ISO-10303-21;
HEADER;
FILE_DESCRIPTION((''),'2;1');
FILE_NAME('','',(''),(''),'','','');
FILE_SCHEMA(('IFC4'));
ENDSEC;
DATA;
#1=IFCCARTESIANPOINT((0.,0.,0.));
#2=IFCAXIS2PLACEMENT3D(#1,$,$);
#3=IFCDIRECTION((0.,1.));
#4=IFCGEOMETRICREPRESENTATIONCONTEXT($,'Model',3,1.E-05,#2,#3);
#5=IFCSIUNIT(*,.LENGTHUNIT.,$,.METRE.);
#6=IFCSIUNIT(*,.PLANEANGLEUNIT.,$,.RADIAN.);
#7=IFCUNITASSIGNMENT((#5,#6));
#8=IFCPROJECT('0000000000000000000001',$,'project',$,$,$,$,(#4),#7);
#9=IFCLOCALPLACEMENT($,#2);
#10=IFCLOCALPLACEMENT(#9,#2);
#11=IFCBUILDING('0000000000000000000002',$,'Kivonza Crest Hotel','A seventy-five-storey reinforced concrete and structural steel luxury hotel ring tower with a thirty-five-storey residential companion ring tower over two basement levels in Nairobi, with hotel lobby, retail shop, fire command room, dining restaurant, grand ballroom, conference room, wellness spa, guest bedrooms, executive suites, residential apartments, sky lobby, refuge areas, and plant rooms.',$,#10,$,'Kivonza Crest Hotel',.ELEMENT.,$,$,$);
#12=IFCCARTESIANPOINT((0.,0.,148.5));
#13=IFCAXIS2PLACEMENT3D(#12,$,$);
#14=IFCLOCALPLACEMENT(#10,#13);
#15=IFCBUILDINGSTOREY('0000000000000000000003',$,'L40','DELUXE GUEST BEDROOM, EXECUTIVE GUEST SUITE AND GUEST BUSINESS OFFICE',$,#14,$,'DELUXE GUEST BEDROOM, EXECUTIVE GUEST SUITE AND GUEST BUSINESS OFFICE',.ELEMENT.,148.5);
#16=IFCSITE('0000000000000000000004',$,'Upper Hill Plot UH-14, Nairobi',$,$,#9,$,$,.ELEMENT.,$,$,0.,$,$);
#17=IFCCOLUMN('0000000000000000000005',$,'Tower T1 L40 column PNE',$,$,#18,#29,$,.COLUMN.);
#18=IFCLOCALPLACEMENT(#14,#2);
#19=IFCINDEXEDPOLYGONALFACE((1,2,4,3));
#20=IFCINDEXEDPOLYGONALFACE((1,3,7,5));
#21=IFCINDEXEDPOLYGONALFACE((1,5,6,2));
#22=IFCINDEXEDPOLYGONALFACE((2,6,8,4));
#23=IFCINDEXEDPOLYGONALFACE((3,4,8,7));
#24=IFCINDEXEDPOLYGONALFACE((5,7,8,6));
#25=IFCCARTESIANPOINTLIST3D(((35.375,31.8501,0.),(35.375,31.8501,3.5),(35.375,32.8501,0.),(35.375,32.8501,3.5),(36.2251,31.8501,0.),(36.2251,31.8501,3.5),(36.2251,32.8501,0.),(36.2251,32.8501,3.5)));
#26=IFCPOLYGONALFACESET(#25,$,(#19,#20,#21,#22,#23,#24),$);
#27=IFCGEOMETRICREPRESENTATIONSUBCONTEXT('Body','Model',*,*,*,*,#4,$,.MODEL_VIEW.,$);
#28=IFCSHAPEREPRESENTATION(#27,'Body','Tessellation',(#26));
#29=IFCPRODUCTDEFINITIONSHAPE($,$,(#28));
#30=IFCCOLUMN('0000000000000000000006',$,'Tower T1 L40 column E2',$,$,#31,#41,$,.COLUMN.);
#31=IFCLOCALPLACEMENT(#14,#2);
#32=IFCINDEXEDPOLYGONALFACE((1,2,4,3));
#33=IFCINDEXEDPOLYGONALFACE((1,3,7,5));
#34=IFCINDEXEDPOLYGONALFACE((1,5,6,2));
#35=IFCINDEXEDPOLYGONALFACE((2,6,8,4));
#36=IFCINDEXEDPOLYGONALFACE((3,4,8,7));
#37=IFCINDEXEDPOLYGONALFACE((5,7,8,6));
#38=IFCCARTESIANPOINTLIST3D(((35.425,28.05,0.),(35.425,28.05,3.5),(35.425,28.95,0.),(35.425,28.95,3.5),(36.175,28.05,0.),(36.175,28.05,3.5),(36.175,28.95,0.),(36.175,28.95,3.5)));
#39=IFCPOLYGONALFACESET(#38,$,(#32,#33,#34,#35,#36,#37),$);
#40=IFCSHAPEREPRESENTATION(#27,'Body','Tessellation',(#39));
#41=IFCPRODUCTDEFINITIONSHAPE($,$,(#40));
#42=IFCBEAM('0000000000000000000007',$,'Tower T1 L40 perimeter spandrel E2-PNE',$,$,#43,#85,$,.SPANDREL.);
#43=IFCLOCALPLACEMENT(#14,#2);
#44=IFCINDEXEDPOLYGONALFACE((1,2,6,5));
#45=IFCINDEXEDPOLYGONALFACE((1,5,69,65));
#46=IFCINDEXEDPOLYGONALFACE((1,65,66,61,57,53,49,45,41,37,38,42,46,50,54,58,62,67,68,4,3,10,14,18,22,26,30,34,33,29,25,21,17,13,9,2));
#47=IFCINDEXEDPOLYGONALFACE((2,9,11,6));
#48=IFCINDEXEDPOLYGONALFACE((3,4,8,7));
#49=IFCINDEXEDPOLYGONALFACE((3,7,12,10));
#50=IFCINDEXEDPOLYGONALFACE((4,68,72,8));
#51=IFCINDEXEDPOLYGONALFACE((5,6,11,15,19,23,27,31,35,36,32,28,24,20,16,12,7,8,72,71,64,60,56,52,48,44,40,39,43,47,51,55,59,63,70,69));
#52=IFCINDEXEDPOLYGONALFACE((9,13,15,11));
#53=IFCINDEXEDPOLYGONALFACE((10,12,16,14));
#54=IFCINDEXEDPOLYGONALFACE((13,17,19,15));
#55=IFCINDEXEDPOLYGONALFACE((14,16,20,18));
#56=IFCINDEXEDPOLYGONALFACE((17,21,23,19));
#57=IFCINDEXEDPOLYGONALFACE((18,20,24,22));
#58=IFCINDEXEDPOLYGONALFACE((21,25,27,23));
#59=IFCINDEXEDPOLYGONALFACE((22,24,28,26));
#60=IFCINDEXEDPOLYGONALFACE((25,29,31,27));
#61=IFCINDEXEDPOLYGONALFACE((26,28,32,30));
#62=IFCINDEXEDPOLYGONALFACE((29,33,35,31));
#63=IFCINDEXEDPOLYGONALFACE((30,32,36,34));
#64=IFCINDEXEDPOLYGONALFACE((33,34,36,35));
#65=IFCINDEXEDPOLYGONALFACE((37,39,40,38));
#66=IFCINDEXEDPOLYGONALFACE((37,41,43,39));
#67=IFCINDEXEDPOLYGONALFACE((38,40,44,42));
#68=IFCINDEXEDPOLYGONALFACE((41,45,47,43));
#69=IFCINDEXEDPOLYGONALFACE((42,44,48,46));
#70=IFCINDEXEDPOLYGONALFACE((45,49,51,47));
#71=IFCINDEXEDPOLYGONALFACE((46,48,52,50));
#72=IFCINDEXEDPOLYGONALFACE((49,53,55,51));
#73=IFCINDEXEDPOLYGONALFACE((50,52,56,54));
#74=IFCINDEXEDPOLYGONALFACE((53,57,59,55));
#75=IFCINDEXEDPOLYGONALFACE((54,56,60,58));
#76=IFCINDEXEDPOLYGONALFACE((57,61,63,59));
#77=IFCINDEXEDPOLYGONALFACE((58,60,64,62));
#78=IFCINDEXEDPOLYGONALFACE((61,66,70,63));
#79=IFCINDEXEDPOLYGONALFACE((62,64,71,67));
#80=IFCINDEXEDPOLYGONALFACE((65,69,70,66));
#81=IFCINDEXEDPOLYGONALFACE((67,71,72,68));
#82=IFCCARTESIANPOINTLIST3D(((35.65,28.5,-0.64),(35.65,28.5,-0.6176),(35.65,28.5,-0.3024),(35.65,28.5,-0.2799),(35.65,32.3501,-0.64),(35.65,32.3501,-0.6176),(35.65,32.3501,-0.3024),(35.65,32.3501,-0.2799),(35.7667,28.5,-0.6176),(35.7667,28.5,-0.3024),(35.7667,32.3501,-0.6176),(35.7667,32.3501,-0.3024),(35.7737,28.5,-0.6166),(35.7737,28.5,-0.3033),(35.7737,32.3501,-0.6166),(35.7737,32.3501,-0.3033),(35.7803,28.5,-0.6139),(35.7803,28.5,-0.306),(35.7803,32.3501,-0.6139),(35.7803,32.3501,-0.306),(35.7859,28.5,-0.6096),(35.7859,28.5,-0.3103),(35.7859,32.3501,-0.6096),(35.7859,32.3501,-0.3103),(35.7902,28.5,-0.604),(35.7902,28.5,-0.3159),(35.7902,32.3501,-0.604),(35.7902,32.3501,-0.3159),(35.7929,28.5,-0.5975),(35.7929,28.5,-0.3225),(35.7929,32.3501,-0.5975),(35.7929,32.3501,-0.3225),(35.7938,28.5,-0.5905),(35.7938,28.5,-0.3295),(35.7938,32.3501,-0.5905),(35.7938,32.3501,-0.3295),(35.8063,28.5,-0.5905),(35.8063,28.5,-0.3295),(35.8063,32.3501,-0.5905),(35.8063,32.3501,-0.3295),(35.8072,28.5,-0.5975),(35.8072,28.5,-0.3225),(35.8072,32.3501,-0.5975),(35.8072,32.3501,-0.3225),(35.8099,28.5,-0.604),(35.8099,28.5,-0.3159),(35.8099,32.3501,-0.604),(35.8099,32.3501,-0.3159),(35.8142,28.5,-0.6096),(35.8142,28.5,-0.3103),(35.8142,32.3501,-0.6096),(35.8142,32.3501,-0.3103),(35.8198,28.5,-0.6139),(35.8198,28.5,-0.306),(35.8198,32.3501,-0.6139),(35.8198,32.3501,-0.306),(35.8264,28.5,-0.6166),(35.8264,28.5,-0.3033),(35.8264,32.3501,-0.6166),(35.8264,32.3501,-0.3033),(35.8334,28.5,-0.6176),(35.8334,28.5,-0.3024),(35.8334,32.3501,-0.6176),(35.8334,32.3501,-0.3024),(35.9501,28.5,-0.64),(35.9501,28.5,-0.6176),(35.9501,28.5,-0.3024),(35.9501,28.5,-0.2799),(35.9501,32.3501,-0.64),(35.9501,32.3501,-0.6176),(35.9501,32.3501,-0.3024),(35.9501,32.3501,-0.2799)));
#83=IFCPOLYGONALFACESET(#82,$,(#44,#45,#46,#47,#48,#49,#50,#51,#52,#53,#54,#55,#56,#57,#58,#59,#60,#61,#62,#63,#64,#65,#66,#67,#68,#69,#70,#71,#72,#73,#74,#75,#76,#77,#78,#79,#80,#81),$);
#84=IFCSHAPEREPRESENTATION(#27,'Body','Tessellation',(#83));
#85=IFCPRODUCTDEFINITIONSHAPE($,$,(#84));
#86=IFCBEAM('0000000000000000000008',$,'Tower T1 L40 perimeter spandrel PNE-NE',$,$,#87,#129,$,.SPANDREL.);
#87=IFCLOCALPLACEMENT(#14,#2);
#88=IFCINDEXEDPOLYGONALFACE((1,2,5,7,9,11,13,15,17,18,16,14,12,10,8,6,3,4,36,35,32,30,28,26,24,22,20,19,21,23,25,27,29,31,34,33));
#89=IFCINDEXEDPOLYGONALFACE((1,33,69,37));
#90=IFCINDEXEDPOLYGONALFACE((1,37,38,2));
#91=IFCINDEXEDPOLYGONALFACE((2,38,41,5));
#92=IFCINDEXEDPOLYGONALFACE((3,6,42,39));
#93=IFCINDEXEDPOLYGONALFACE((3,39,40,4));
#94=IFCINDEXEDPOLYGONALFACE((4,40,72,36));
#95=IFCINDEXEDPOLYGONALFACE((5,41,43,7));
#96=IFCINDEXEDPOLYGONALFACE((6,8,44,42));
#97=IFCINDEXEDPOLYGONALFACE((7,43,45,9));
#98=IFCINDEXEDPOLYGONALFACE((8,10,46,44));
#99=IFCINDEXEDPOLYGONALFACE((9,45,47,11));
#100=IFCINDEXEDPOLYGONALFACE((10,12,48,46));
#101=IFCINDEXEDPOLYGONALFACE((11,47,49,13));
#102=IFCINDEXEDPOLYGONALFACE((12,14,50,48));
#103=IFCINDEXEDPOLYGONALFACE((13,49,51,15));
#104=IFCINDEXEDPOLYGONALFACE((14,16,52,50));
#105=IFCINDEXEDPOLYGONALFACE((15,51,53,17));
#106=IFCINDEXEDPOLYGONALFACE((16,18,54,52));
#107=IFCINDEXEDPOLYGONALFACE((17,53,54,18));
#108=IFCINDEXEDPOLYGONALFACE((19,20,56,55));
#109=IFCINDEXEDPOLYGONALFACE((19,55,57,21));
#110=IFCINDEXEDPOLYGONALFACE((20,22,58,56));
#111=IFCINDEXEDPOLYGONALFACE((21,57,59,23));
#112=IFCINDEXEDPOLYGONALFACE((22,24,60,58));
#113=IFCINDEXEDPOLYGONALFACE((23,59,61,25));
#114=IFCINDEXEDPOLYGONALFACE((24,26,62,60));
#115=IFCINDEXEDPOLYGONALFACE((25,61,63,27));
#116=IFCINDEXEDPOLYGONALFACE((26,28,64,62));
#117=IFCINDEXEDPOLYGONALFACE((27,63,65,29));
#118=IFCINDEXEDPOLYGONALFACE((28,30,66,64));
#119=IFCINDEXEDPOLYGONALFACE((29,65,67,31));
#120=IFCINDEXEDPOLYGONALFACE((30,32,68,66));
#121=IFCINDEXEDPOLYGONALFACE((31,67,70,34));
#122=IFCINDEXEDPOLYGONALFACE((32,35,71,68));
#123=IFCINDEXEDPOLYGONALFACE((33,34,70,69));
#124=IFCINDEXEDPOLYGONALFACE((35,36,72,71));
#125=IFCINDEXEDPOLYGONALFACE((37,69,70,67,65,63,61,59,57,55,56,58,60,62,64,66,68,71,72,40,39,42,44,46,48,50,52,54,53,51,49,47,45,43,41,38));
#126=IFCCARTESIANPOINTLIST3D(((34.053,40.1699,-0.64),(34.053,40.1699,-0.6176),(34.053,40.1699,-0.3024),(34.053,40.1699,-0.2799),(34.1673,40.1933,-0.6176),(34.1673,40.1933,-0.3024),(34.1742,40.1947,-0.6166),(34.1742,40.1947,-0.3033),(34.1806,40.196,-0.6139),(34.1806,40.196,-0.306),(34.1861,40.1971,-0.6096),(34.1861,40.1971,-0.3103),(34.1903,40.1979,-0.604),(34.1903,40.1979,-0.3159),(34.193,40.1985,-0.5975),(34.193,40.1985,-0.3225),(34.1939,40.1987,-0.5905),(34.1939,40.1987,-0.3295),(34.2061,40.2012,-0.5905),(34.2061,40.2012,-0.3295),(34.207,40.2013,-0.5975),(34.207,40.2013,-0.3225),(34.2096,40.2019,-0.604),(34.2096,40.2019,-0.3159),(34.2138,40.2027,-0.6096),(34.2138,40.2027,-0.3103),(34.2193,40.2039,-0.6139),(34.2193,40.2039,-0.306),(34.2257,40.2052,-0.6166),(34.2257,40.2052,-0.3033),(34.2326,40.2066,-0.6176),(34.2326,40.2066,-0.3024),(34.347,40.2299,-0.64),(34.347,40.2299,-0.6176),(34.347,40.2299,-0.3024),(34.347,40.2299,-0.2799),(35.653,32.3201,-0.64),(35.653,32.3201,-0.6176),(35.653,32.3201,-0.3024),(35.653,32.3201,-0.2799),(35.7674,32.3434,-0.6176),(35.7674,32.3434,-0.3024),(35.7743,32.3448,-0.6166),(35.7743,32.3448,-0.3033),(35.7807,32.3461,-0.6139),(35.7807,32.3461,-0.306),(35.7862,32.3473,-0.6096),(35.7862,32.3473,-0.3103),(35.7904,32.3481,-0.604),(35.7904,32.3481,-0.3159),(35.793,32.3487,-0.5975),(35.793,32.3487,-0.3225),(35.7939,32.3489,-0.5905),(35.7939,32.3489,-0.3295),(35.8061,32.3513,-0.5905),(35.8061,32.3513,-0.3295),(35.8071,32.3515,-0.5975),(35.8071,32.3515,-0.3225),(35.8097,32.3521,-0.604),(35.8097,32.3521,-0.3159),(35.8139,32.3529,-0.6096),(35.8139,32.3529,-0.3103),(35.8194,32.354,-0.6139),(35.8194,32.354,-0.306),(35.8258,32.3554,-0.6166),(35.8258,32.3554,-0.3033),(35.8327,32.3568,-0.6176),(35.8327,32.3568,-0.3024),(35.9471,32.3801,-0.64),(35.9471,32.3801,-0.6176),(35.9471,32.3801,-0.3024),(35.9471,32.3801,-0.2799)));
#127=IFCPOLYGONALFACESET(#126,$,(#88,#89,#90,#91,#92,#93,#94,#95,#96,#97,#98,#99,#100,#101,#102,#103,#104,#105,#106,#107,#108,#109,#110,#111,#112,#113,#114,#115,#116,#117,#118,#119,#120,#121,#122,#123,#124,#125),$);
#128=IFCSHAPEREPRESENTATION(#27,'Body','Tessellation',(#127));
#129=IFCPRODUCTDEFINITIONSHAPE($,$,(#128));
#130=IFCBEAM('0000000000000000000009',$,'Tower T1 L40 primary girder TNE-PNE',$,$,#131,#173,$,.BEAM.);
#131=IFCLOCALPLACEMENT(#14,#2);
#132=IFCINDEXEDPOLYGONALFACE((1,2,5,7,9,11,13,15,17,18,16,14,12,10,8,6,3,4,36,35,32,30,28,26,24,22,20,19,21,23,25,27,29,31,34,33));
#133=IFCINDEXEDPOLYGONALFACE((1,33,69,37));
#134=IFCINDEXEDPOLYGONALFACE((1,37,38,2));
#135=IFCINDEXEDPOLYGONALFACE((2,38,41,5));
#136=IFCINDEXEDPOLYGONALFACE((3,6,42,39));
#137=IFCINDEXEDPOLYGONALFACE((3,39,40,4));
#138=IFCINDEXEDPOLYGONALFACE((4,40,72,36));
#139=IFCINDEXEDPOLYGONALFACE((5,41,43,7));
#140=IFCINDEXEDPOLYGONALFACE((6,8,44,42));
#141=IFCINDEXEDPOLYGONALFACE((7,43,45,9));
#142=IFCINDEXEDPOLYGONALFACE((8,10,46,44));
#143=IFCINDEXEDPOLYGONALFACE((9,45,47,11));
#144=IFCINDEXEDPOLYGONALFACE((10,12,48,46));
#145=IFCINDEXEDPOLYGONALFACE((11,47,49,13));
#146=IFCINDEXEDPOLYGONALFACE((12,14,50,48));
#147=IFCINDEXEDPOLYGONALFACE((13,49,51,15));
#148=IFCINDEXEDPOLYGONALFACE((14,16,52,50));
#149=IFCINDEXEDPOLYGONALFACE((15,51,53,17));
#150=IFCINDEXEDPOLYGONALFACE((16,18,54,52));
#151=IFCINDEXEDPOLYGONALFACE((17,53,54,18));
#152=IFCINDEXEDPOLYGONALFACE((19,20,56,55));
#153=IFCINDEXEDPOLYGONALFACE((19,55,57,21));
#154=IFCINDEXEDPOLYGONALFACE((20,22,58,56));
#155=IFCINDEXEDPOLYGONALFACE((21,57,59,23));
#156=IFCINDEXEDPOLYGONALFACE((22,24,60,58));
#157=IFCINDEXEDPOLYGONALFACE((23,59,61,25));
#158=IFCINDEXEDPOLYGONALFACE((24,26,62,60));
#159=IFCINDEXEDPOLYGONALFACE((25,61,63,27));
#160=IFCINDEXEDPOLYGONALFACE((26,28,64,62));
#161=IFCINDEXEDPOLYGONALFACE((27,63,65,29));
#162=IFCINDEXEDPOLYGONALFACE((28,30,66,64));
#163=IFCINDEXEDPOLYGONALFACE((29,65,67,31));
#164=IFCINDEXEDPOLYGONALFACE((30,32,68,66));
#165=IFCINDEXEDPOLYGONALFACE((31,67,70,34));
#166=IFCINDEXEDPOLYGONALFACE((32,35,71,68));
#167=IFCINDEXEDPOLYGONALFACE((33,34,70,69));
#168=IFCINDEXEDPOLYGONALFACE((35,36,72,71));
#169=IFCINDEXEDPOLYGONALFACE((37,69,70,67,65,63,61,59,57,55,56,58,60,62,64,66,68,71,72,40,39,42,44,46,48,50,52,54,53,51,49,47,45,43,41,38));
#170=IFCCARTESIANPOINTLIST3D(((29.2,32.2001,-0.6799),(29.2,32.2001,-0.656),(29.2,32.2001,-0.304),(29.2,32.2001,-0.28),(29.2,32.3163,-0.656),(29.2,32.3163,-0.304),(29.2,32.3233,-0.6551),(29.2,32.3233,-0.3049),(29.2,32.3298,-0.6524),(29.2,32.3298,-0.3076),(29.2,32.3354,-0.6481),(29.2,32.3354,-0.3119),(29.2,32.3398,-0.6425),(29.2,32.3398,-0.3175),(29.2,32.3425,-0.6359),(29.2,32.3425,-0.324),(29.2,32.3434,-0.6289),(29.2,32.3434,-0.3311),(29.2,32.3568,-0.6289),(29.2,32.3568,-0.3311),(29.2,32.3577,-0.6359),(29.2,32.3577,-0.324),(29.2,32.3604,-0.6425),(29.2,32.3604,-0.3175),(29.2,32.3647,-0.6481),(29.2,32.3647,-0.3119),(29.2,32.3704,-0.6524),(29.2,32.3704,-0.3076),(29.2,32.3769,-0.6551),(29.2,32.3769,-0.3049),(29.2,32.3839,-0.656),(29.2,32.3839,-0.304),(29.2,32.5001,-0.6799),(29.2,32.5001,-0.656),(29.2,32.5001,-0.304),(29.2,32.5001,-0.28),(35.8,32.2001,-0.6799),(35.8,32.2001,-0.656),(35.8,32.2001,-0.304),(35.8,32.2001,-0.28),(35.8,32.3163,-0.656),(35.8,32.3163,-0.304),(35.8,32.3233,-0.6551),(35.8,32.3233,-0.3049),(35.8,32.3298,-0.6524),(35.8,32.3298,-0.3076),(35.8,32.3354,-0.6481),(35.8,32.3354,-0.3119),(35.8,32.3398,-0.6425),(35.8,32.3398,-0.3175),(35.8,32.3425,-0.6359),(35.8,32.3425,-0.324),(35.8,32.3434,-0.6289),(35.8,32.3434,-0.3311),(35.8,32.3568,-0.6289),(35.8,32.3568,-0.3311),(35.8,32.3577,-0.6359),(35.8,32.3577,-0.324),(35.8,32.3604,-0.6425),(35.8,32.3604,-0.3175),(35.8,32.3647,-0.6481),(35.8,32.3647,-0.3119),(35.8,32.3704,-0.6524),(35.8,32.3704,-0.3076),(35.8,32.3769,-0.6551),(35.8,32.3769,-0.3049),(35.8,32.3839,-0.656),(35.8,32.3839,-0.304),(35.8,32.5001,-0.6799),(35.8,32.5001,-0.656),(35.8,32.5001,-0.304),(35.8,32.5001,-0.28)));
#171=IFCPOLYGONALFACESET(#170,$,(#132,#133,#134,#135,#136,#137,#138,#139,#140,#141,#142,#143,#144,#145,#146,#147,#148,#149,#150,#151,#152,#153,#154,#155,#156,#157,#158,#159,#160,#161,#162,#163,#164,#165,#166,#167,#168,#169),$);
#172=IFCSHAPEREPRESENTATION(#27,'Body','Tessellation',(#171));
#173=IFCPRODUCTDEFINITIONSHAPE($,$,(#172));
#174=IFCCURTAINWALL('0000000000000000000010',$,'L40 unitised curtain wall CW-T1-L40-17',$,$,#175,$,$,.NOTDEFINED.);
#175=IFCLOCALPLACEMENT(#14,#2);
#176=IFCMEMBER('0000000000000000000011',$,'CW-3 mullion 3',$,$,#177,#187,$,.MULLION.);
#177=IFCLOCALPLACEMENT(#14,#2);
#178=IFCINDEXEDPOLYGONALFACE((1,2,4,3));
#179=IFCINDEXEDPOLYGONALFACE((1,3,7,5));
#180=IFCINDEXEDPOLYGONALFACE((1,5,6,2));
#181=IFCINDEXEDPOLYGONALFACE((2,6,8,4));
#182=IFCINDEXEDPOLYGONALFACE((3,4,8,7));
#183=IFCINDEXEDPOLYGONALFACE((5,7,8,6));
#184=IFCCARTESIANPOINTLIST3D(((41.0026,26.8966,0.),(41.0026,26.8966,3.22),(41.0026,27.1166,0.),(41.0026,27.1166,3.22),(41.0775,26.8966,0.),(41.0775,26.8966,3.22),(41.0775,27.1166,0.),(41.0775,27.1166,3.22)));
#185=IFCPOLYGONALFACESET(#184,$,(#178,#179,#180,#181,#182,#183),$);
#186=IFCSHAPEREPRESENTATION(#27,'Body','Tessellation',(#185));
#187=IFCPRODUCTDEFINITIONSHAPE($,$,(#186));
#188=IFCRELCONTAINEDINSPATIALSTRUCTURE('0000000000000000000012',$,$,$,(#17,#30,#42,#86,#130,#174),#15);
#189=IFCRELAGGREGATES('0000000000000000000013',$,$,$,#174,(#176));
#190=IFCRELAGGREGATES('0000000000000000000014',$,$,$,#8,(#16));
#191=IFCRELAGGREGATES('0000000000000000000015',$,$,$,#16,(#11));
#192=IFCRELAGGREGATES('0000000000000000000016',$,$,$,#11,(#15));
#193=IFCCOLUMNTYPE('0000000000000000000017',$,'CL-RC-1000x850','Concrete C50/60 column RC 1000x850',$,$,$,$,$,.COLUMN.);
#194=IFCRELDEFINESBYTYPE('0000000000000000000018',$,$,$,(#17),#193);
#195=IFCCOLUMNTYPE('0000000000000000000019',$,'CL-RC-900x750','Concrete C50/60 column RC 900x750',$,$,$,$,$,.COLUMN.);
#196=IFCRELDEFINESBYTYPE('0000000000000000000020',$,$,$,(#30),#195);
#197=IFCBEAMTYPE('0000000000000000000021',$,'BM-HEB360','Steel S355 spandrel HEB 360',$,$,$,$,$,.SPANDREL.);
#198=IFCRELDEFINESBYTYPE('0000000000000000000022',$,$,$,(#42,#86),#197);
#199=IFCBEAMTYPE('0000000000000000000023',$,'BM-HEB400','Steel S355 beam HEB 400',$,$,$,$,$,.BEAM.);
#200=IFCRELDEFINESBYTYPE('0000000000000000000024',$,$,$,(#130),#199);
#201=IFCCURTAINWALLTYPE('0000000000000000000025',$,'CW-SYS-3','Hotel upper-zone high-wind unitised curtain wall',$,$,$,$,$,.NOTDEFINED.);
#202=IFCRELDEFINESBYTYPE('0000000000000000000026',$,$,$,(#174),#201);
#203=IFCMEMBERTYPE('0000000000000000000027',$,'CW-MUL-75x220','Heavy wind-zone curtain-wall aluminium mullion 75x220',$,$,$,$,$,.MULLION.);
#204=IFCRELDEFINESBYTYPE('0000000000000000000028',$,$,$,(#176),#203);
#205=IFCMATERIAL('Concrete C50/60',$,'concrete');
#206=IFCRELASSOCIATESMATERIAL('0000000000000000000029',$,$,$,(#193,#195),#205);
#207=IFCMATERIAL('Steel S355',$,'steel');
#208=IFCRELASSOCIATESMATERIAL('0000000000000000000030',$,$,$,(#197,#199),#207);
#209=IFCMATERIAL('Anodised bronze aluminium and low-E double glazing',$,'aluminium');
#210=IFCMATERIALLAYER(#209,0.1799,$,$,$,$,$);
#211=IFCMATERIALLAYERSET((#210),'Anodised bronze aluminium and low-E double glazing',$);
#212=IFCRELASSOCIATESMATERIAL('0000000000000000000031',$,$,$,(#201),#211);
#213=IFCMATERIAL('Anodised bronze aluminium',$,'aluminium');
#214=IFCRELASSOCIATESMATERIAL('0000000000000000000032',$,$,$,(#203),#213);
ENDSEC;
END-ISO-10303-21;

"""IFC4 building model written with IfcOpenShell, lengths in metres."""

from ifc_helpers import new_model, si_unit, direction, frame, origin, origin_2d, place, context, subcontext, project, spatial, rectangle, i_section, extrude, material, layer, layer_set, material_profile, profile_set, type_object, element, aggregate, save


model = new_model("IFC4")

# Units and contexts
model_context = context("Model", 3, precision=1e-05, world=origin(), true_north=direction((0.0, 1.0)))
body_context = subcontext(model_context, "Body", "Model", "MODEL_VIEW")
ifc_project = project(units=[si_unit("LENGTHUNIT", "METRE"), si_unit("PLANEANGLEUNIT", "RADIAN")], contexts=[model_context])

# Site, building, storey
site_placement = place(None, origin())
site = spatial("IfcSite", under=ifc_project, at=site_placement, Name="Upper Hill Plot UH-14, Nairobi", CompositionType="ELEMENT", RefElevation=0.0)
building_placement = place(site_placement, origin())
building = spatial("IfcBuilding", under=site, at=building_placement, Name="Kivonza Crest Hotel", Description="A seventy-five-storey reinforced concrete and structural steel luxury hotel ring tower with a thirty-five-storey residential companion ring tower over two basement levels in Nairobi, with hotel lobby, retail shop, fire command room, dining restaurant, grand ballroom, conference room, wellness spa, guest bedrooms, executive suites, residential apartments, sky lobby, refuge areas, and plant rooms.", LongName="Kivonza Crest Hotel", CompositionType="ELEMENT")
storey_placement = place(building_placement, frame((0.0, 0.0, 148.5)))
storey = spatial("IfcBuildingStorey", under=building, at=storey_placement, Name="L40", Description="DELUXE GUEST BEDROOM, EXECUTIVE GUEST SUITE AND GUEST BUSINESS OFFICE", LongName="DELUXE GUEST BEDROOM, EXECUTIVE GUEST SUITE AND GUEST BUSINESS OFFICE", CompositionType="ELEMENT", Elevation=148.5)

# Columns
ifc_material_1 = material(Name="Concrete C50/60", Category="concrete")
ifc_material_profile_1 = material_profile(ifc_material_1, rectangle(XDim=0.8501, YDim=1.0, at=origin_2d()), Name="RC 1000x850")
ifc_profile_set_1 = profile_set([ifc_material_profile_1], Name="Concrete C50/60")
column_type_1 = type_object("IfcColumnType", Name="CL-RC-1000x850", Description="Concrete C50/60 column RC 1000x850", PredefinedType="COLUMN", material=ifc_profile_set_1)
column_1_placement = place(storey_placement, frame((35.8, 32.3501, 0.0), z_axis=(0.0, 0.0, 1.0), x_axis=(1.0, 0.0, 0.0)))
element("IfcColumn", 1, at=column_1_placement, inside=storey, type_object=column_type_1, Name="Tower T1 L40 column PNE", PredefinedType="COLUMN", context=body_context, shape_type="SweptSolid", body=[
    extrude(rectangle(XDim=0.8501, YDim=1.0, at=origin_2d()), origin(), (0.0, 0.0, 1.0), 3.5),
])
ifc_material_profile_2 = material_profile(ifc_material_1, rectangle(XDim=0.75, YDim=0.8999, at=origin_2d()), Name="RC 900x750")
ifc_profile_set_2 = profile_set([ifc_material_profile_2], Name="Concrete C50/60")
column_type_2 = type_object("IfcColumnType", Name="CL-RC-900x750", Description="Concrete C50/60 column RC 900x750", PredefinedType="COLUMN", material=ifc_profile_set_2)
column_2_placement = place(storey_placement, frame((35.8, 28.5, 0.0), z_axis=(0.0, 0.0, 1.0), x_axis=(1.0, 0.0, 0.0)))
element("IfcColumn", 2, at=column_2_placement, inside=storey, type_object=column_type_2, Name="Tower T1 L40 column E2", PredefinedType="COLUMN", context=body_context, shape_type="SweptSolid", body=[
    extrude(rectangle(XDim=0.75, YDim=0.8999, at=origin_2d()), origin(), (0.0, 0.0, 1.0), 3.5),
])

# Beams
ifc_material_2 = material(Name="Steel S355", Category="steel")
ifc_material_profile_3 = material_profile(ifc_material_2, i_section(OverallWidth=0.3, OverallDepth=0.3601, WebThickness=0.0125, FlangeThickness=0.0225, FilletRadius=0.0271, at=origin_2d()), Name="HEB 360")
ifc_profile_set_3 = profile_set([ifc_material_profile_3], Name="Steel S355")
beam_type_1 = type_object("IfcBeamType", Name="BM-HEB360", Description="Steel S355 spandrel HEB 360", PredefinedType="SPANDREL", material=ifc_profile_set_3)
beam_1_placement = place(storey_placement, frame((35.8, 28.5, -0.46), z_axis=(0.0, 1.0, 0.0), x_axis=(-1.0, 0.0, 0.0)))
element("IfcBeam", 3, at=beam_1_placement, inside=storey, type_object=beam_type_1, Name="Tower T1 L40 perimeter spandrel E2-PNE", PredefinedType="SPANDREL", context=body_context, shape_type="SweptSolid", body=[
    extrude(i_section(OverallWidth=0.3, OverallDepth=0.3601, WebThickness=0.0125, FlangeThickness=0.0225, FilletRadius=0.0271, at=origin_2d()), origin(), (0.0, 0.0, 1.0), 3.8501),
])
beam_2_placement = place(storey_placement, frame((35.8, 32.3501, -0.46), z_axis=(-0.199731, 0.979851, 0.0), x_axis=(-0.979851, -0.199731, 0.0)))
element("IfcBeam", 4, at=beam_2_placement, inside=storey, type_object=beam_type_1, Name="Tower T1 L40 perimeter spandrel PNE-NE", PredefinedType="SPANDREL", context=body_context, shape_type="SweptSolid", body=[
    extrude(i_section(OverallWidth=0.3, OverallDepth=0.3601, WebThickness=0.0125, FlangeThickness=0.0225, FilletRadius=0.0271, at=origin_2d()), origin(), (0.0, 0.0, 1.0), 8.0112),
])
ifc_material_profile_4 = material_profile(ifc_material_2, i_section(OverallWidth=0.3, OverallDepth=0.3999, WebThickness=0.0134, FlangeThickness=0.0239, FilletRadius=0.0271, at=origin_2d()), Name="HEB 400")
ifc_profile_set_4 = profile_set([ifc_material_profile_4], Name="Steel S355")
beam_type_2 = type_object("IfcBeamType", Name="BM-HEB400", Description="Steel S355 beam HEB 400", PredefinedType="BEAM", material=ifc_profile_set_4)
beam_3_placement = place(storey_placement, frame((29.2, 32.3501, -0.48), z_axis=(1.0, 0.0, 0.0), x_axis=(0.0, 1.0, 0.0)))
element("IfcBeam", 5, at=beam_3_placement, inside=storey, type_object=beam_type_2, Name="Tower T1 L40 primary girder TNE-PNE", PredefinedType="BEAM", context=body_context, shape_type="SweptSolid", body=[
    extrude(i_section(OverallWidth=0.3, OverallDepth=0.3999, WebThickness=0.0134, FlangeThickness=0.0239, FilletRadius=0.0271, at=origin_2d()), origin(), (0.0, 0.0, 1.0), 6.6001),
])

# Curtain wall, member
ifc_material_3 = material(Name="Anodised bronze aluminium and low-E double glazing", Category="aluminium")
ifc_layer_1 = layer(ifc_material_3, 0.1799)
ifc_layer_set_1 = layer_set([ifc_layer_1], Name="Anodised bronze aluminium and low-E double glazing")
curtain_wall_type = type_object("IfcCurtainWallType", Name="CW-SYS-3", Description="Hotel upper-zone high-wind unitised curtain wall", PredefinedType="NOTDEFINED", material=ifc_layer_set_1)
curtain_wall_placement = place(storey_placement, origin())
curtain_wall = element("IfcCurtainWall", 6, at=curtain_wall_placement, inside=storey, type_object=curtain_wall_type, Name="L40 unitised curtain wall CW-T1-L40-17", PredefinedType="NOTDEFINED")
ifc_material_4 = material(Name="Anodised bronze aluminium", Category="aluminium")
ifc_material_profile_5 = material_profile(ifc_material_4, rectangle(XDim=0.075, YDim=0.22, at=origin_2d()), Name="CW-M 75x220")
ifc_profile_set_5 = profile_set([ifc_material_profile_5], Name="Anodised bronze aluminium")
member_type_1 = type_object("IfcMemberType", Name="CW-MUL-75x220", Description="Heavy wind-zone curtain-wall aluminium mullion 75x220", PredefinedType="MULLION", material=ifc_profile_set_5)
member_1_placement = place(storey_placement, frame((41.04, 27.0066, 0.0), z_axis=(0.0, 0.0, 1.0), x_axis=(-1.0, 0.0, 0.0)))
member_1 = element("IfcMember", 7, at=member_1_placement, type_object=member_type_1, Name="CW-3 mullion 3", PredefinedType="MULLION", context=body_context, shape_type="SweptSolid", body=[
    extrude(rectangle(XDim=0.075, YDim=0.22, at=origin_2d()), origin(), (0.0, 0.0, 1.0), 3.22),
])
aggregate(curtain_wall, [member_1])

save(model, "model.ifc")
